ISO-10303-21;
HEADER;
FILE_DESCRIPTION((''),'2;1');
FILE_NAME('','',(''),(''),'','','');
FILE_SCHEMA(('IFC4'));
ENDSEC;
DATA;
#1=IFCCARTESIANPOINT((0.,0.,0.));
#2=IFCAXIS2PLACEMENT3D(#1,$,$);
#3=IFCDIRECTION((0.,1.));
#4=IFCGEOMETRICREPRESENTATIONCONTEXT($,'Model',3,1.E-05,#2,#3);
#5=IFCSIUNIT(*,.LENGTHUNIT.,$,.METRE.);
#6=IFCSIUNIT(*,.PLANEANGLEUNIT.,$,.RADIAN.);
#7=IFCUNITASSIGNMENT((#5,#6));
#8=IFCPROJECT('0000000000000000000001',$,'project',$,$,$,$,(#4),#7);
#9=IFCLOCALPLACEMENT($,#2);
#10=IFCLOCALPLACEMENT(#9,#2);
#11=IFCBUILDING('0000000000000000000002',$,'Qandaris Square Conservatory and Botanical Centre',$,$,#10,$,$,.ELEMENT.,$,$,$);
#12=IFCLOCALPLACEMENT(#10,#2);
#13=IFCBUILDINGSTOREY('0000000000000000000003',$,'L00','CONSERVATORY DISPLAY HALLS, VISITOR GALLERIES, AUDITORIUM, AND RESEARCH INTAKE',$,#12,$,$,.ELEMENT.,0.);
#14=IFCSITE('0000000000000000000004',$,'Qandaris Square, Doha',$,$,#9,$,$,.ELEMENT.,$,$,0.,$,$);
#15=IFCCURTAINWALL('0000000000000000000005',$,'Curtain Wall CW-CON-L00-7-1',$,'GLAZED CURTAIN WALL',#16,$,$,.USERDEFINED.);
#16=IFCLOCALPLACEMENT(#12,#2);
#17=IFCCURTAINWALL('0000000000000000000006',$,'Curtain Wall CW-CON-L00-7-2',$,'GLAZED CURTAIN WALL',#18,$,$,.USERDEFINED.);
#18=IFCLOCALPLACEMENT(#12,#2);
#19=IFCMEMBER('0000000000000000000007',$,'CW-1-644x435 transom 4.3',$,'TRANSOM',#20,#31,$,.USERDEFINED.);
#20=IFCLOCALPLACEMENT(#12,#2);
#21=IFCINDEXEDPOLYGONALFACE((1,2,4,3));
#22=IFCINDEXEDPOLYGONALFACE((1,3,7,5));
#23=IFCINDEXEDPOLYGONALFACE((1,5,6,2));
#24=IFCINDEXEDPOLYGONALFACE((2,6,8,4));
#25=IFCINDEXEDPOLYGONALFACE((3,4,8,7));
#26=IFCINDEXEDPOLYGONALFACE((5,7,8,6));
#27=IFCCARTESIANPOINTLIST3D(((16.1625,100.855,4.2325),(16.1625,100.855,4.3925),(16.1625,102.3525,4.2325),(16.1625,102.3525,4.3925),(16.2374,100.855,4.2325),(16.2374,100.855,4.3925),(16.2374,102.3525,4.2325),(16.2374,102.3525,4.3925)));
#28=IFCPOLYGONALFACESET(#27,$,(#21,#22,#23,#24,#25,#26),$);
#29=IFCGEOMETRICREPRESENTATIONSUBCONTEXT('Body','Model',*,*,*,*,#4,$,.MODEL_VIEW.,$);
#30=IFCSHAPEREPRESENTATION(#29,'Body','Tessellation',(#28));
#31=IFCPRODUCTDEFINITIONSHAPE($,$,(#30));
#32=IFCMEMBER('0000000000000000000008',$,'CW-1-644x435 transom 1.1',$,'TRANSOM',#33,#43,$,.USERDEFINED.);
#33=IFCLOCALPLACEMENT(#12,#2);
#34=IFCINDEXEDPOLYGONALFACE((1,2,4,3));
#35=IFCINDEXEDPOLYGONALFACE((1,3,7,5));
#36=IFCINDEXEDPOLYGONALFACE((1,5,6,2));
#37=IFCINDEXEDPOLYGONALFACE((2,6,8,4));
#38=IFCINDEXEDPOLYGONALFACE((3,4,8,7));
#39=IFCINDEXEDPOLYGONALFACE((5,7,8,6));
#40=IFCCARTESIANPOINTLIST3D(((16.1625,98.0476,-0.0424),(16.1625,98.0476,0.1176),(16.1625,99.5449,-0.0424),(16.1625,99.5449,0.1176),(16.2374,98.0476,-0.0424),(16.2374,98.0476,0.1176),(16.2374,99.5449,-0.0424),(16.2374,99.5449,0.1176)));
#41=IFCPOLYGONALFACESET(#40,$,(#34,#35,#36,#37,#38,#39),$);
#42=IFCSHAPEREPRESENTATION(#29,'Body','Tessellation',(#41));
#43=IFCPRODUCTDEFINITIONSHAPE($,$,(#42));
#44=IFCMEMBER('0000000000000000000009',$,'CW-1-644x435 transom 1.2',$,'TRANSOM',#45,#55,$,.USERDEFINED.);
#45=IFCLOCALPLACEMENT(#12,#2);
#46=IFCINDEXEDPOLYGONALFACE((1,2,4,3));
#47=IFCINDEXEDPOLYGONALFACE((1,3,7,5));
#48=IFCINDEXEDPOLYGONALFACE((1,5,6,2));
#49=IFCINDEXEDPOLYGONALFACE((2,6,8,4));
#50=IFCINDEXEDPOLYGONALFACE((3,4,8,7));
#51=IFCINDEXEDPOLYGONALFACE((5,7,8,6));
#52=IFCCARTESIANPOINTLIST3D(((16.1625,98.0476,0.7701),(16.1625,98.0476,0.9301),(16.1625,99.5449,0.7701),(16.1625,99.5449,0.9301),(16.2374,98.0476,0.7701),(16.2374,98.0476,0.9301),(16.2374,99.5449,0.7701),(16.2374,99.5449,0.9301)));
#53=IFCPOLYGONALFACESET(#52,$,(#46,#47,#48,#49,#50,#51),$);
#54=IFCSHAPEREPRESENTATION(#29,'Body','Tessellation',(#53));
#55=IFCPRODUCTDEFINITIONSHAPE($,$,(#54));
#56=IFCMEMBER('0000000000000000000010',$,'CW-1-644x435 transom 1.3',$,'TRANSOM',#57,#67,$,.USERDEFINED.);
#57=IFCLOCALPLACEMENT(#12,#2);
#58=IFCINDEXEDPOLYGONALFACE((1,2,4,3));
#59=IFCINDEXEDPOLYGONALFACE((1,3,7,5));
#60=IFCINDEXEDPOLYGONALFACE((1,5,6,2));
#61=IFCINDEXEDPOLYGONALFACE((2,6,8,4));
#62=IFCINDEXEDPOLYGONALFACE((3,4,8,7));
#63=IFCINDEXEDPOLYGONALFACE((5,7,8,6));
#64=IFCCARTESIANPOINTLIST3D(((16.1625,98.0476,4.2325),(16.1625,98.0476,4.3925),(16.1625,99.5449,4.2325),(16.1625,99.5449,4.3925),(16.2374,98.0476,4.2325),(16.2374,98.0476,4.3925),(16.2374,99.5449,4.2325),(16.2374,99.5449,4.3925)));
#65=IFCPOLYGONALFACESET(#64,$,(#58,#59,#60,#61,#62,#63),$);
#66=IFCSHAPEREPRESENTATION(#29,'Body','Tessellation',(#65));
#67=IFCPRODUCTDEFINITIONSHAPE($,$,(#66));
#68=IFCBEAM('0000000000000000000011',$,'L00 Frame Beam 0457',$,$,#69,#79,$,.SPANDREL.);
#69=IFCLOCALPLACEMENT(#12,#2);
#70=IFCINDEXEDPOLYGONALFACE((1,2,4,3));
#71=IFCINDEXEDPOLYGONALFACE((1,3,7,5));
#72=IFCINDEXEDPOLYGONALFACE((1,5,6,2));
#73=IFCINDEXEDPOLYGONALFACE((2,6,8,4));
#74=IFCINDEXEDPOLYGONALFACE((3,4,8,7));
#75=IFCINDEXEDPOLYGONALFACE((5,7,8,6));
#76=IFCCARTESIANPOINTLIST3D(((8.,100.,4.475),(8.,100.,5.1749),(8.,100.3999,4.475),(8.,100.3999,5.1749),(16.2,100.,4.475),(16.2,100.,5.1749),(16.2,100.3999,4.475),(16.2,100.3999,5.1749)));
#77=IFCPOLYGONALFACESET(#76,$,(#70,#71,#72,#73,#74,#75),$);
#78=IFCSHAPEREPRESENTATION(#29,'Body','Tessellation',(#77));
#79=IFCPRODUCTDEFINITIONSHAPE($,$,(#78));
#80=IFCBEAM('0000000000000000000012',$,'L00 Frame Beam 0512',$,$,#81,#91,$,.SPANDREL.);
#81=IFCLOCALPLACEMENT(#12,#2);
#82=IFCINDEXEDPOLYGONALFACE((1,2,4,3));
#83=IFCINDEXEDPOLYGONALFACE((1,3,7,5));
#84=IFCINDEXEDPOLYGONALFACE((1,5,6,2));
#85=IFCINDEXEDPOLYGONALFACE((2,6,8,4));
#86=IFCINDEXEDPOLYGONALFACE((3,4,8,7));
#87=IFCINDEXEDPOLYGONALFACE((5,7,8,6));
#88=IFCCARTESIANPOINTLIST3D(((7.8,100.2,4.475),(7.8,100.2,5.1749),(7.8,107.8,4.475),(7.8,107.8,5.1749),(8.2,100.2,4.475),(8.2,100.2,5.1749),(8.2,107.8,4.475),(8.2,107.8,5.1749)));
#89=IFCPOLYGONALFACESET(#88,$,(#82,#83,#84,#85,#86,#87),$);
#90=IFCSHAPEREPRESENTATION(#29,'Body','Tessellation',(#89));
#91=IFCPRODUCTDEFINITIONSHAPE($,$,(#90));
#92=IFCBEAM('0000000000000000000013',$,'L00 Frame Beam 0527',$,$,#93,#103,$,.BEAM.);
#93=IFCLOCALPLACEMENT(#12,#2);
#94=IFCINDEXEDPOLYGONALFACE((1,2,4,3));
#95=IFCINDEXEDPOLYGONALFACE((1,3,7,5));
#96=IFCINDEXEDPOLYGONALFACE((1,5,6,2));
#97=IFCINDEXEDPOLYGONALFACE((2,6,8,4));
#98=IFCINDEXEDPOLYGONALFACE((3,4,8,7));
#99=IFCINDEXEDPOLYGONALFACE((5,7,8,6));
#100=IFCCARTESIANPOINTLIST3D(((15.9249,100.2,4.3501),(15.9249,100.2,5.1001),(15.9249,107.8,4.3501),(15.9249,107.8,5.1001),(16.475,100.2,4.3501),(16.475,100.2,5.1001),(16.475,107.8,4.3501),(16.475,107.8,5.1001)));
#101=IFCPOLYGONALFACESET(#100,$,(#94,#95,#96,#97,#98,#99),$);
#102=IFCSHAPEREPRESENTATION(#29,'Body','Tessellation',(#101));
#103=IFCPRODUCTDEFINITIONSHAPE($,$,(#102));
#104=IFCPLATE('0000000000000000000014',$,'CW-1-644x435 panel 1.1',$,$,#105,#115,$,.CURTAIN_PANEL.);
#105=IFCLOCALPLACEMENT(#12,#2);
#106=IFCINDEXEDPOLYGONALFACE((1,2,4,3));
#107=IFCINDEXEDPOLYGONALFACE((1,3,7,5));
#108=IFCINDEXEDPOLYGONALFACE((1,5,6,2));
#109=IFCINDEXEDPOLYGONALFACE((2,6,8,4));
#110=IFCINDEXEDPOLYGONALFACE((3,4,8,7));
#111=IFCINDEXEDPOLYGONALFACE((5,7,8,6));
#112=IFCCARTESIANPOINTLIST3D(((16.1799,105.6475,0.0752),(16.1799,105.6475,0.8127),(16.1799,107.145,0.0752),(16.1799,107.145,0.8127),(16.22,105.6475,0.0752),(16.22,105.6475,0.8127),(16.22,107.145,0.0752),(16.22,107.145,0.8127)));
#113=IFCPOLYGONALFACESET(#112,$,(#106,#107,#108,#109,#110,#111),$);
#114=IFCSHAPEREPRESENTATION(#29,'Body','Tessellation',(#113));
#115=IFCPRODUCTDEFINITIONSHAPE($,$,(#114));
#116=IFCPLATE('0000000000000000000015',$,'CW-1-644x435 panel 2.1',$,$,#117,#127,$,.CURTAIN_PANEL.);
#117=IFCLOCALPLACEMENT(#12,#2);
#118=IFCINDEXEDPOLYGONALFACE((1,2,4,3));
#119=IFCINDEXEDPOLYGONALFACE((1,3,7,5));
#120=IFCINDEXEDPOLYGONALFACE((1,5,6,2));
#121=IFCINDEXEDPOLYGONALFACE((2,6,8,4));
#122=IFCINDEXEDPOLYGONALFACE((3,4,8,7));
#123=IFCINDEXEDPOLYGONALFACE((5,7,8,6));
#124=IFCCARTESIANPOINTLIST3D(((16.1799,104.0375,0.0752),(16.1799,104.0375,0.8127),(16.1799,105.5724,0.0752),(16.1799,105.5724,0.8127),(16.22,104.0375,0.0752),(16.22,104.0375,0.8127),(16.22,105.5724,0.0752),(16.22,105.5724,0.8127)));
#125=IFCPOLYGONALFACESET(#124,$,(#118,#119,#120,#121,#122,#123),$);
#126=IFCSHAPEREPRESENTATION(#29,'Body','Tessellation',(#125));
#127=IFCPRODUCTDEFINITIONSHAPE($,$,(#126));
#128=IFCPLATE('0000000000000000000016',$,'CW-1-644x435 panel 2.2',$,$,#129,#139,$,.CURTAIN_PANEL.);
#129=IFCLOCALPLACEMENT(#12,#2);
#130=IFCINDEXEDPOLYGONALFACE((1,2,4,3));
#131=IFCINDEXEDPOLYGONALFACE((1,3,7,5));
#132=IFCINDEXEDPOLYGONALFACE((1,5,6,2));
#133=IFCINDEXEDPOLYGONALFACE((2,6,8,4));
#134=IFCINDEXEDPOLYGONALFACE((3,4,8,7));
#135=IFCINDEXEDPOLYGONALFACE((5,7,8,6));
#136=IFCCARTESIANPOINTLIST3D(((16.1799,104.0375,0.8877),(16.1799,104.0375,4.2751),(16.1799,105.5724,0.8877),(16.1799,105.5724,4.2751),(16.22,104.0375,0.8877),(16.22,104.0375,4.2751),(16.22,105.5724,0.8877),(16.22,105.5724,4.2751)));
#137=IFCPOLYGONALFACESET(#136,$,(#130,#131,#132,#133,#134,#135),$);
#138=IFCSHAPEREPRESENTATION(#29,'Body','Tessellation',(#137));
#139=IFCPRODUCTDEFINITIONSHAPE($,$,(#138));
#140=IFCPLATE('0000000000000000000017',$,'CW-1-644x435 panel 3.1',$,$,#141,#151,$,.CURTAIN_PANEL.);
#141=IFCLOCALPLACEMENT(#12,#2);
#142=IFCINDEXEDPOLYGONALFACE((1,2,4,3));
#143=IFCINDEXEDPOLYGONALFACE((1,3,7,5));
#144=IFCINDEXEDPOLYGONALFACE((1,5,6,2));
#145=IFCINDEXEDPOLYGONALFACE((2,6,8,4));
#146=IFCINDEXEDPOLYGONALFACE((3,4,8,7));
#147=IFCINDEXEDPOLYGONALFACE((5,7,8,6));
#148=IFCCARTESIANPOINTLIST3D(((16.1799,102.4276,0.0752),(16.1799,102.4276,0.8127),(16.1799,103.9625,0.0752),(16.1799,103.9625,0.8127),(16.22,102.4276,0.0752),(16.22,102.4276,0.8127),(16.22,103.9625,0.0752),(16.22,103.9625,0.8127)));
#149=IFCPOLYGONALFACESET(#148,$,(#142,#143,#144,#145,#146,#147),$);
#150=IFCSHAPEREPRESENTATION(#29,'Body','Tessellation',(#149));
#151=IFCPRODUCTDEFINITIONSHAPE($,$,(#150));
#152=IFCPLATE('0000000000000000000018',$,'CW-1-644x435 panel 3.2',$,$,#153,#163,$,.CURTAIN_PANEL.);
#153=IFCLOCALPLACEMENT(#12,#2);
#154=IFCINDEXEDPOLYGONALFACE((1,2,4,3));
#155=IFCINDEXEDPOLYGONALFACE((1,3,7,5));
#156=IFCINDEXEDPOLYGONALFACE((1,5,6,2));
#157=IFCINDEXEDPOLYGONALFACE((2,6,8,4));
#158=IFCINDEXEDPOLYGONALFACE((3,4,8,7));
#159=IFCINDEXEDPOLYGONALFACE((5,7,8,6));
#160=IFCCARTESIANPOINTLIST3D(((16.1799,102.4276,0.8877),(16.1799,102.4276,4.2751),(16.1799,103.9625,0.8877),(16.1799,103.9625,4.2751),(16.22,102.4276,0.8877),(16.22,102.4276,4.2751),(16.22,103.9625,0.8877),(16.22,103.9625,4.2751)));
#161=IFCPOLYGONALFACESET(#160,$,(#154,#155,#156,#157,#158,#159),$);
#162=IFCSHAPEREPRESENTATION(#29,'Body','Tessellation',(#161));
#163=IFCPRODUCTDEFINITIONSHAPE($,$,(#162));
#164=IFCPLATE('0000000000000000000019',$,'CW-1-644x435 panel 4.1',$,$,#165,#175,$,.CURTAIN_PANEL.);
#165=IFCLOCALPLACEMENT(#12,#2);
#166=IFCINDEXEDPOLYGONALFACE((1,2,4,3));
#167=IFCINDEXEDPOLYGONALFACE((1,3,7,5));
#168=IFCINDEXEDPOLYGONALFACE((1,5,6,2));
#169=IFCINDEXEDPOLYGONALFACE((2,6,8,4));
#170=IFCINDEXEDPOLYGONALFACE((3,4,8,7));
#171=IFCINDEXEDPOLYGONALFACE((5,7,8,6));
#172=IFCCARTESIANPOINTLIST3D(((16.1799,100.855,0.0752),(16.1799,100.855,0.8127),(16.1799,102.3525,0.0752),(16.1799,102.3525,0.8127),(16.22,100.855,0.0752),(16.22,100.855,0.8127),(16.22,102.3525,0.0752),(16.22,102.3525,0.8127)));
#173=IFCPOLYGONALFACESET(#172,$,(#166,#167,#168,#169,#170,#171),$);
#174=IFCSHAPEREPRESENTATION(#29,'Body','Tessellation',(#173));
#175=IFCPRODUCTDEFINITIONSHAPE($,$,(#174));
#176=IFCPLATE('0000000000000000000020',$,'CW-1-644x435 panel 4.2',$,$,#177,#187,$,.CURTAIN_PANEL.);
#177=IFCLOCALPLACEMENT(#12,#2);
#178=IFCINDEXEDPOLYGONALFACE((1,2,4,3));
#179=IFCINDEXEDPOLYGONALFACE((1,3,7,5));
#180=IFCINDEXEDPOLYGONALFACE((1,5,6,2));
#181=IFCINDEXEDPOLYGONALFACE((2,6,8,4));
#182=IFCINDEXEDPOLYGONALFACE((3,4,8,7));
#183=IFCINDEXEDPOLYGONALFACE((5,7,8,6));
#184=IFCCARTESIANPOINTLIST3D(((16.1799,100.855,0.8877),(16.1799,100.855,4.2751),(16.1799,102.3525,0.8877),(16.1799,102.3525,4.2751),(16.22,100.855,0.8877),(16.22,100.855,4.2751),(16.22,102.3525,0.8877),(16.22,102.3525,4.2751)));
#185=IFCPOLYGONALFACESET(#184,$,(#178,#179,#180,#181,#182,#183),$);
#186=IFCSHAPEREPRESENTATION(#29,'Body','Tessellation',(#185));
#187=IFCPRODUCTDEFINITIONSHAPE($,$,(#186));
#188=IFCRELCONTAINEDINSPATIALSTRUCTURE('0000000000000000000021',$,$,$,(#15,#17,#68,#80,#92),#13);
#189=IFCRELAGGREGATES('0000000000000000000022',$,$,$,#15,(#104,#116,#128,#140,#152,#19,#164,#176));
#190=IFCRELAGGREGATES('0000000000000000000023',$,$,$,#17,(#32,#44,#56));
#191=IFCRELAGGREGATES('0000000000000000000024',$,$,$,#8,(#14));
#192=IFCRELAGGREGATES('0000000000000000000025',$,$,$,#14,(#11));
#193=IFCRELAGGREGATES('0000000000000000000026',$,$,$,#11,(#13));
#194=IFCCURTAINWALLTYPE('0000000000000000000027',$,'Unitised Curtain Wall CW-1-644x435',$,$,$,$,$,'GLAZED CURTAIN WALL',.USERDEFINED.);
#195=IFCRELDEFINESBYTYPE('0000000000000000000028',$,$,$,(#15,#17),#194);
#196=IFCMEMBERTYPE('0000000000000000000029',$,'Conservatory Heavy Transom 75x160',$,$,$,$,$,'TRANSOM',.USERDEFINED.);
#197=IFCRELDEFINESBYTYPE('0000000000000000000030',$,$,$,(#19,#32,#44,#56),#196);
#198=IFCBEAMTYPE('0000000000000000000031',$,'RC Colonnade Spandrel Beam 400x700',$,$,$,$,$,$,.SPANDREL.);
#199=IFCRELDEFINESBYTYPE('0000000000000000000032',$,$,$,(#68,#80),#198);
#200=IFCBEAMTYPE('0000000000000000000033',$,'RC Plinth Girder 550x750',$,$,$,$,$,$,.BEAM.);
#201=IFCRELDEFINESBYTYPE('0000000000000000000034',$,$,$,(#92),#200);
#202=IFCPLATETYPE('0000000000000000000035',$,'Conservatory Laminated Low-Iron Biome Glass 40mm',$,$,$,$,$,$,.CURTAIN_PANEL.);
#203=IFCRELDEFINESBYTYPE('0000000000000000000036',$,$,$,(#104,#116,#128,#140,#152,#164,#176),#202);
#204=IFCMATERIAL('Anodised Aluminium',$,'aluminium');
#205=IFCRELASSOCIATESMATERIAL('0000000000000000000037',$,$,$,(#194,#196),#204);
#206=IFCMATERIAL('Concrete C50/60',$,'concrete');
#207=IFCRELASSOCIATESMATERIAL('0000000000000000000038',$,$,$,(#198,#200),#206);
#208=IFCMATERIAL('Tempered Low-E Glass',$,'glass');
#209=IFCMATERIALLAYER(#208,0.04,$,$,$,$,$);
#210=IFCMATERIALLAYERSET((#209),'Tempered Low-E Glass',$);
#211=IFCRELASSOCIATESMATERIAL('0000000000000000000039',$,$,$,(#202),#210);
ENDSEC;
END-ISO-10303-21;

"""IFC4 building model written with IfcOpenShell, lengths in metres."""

from ifc_helpers import new_model, si_unit, direction, frame, origin, origin_2d, place, context, subcontext, project, spatial, rectangle, extrude, material, layer, layer_set, material_profile, profile_set, type_object, element, aggregate, save


model = new_model("IFC4")

# Units and contexts
model_context = context("Model", 3, precision=1e-05, world=origin(), true_north=direction((0.0, 1.0)))
body_context = subcontext(model_context, "Body", "Model", "MODEL_VIEW")
ifc_project = project(units=[si_unit("LENGTHUNIT", "METRE"), si_unit("PLANEANGLEUNIT", "RADIAN")], contexts=[model_context])

# Site, building, storey
site_placement = place(None, origin())
site = spatial("IfcSite", under=ifc_project, at=site_placement, Name="Qandaris Square, Doha", CompositionType="ELEMENT", RefElevation=0.0)
building_placement = place(site_placement, origin())
building = spatial("IfcBuilding", under=site, at=building_placement, Name="Qandaris Square Conservatory and Botanical Centre", CompositionType="ELEMENT")
storey_placement = place(building_placement, origin())
storey = spatial("IfcBuildingStorey", under=building, at=storey_placement, Name="L00", Description="CONSERVATORY DISPLAY HALLS, VISITOR GALLERIES, AUDITORIUM, AND RESEARCH INTAKE", CompositionType="ELEMENT", Elevation=0.0)

# Shared definitions
ifc_material_1 = material(Name="Concrete C50/60", Category="concrete")

# Curtain wall
ifc_material_2 = material(Name="Anodised Aluminium", Category="aluminium")
curtain_wall_type = type_object("IfcCurtainWallType", Name="Unitised Curtain Wall CW-1-644x435", ElementType="GLAZED CURTAIN WALL", PredefinedType="USERDEFINED", material=ifc_material_2)
curtain_wall_1_placement = place(storey_placement, origin())
curtain_wall_1 = element("IfcCurtainWall", 1, at=curtain_wall_1_placement, inside=storey, type_object=curtain_wall_type, Name="Curtain Wall CW-CON-L00-7-1", ObjectType="GLAZED CURTAIN WALL", PredefinedType="USERDEFINED")

# Curtain wall
curtain_wall_2_placement = place(storey_placement, origin())
curtain_wall_2 = element("IfcCurtainWall", 2, at=curtain_wall_2_placement, inside=storey, type_object=curtain_wall_type, Name="Curtain Wall CW-CON-L00-7-2", ObjectType="GLAZED CURTAIN WALL", PredefinedType="USERDEFINED")

# Members
ifc_material_profile_1 = material_profile(ifc_material_2, rectangle(XDim=0.075, YDim=0.1599, at=origin_2d()), Name="ALU-TRN 75x160")
ifc_profile_set_1 = profile_set([ifc_material_profile_1], Name="Anodised Aluminium")
member_type_1 = type_object("IfcMemberType", Name="Conservatory Heavy Transom 75x160", ElementType="TRANSOM", PredefinedType="USERDEFINED", material=ifc_profile_set_1)
member_1_placement = place(storey_placement, frame((16.2, 102.3525, 4.3125), z_axis=(0.0, -1.0, 0.0), x_axis=(1.0, 0.0, 0.0)))
member_1 = element("IfcMember", 3, at=member_1_placement, type_object=member_type_1, Name="CW-1-644x435 transom 4.3", ObjectType="TRANSOM", PredefinedType="USERDEFINED", context=body_context, shape_type="SweptSolid", body=[
    extrude(rectangle(XDim=0.075, YDim=0.1599, at=origin_2d()), origin(), (0.0, 0.0, 1.0), 1.4976),
])
member_2_placement = place(storey_placement, frame((16.2, 99.5449, 0.0376), z_axis=(0.0, -1.0, 0.0), x_axis=(1.0, 0.0, 0.0)))
member_2 = element("IfcMember", 4, at=member_2_placement, type_object=member_type_1, Name="CW-1-644x435 transom 1.1", ObjectType="TRANSOM", PredefinedType="USERDEFINED", context=body_context, shape_type="SweptSolid", body=[
    extrude(rectangle(XDim=0.075, YDim=0.1599, at=origin_2d()), origin(), (0.0, 0.0, 1.0), 1.4973),
])
member_3_placement = place(storey_placement, frame((16.2, 99.5449, 0.8501), z_axis=(0.0, -1.0, 0.0), x_axis=(1.0, 0.0, 0.0)))
member_3 = element("IfcMember", 5, at=member_3_placement, type_object=member_type_1, Name="CW-1-644x435 transom 1.2", ObjectType="TRANSOM", PredefinedType="USERDEFINED", context=body_context, shape_type="SweptSolid", body=[
    extrude(rectangle(XDim=0.075, YDim=0.1599, at=origin_2d()), origin(), (0.0, 0.0, 1.0), 1.4973),
])
member_4_placement = place(storey_placement, frame((16.2, 99.5449, 4.3125), z_axis=(0.0, -1.0, 0.0), x_axis=(1.0, 0.0, 0.0)))
member_4 = element("IfcMember", 6, at=member_4_placement, type_object=member_type_1, Name="CW-1-644x435 transom 1.3", ObjectType="TRANSOM", PredefinedType="USERDEFINED", context=body_context, shape_type="SweptSolid", body=[
    extrude(rectangle(XDim=0.075, YDim=0.1599, at=origin_2d()), origin(), (0.0, 0.0, 1.0), 1.4973),
])

# Beams
ifc_material_profile_2 = material_profile(ifc_material_1, rectangle(XDim=0.3999, YDim=0.7, at=origin_2d()), Name="RC-SP 400x700")
ifc_profile_set_2 = profile_set([ifc_material_profile_2], Name="Concrete C50/60")
beam_type_1 = type_object("IfcBeamType", Name="RC Colonnade Spandrel Beam 400x700", PredefinedType="SPANDREL", material=ifc_profile_set_2)
beam_1_placement = place(storey_placement, frame((8.0, 100.2, 4.825), z_axis=(1.0, 0.0, 0.0), x_axis=(0.0, 1.0, 0.0)))
element("IfcBeam", 7, at=beam_1_placement, inside=storey, type_object=beam_type_1, Name="L00 Frame Beam 0457", PredefinedType="SPANDREL", context=body_context, shape_type="SweptSolid", body=[
    extrude(rectangle(XDim=0.3999, YDim=0.7, at=origin_2d()), origin(), (0.0, 0.0, 1.0), 8.2),
])
beam_2_placement = place(storey_placement, frame((8.0, 100.2, 4.825), z_axis=(0.0, 1.0, 0.0), x_axis=(-1.0, 0.0, 0.0)))
element("IfcBeam", 8, at=beam_2_placement, inside=storey, type_object=beam_type_1, Name="L00 Frame Beam 0512", PredefinedType="SPANDREL", context=body_context, shape_type="SweptSolid", body=[
    extrude(rectangle(XDim=0.3999, YDim=0.7, at=origin_2d()), origin(), (0.0, 0.0, 1.0), 7.6001),
])
ifc_material_profile_3 = material_profile(ifc_material_1, rectangle(XDim=0.55, YDim=0.75, at=origin_2d()), Name="RC-BM 550x750")
ifc_profile_set_3 = profile_set([ifc_material_profile_3], Name="Concrete C50/60")
beam_type_2 = type_object("IfcBeamType", Name="RC Plinth Girder 550x750", PredefinedType="BEAM", material=ifc_profile_set_3)
beam_3_placement = place(storey_placement, frame((16.2, 100.2, 4.7251), z_axis=(0.0, 1.0, 0.0), x_axis=(-1.0, 0.0, 0.0)))
element("IfcBeam", 9, at=beam_3_placement, inside=storey, type_object=beam_type_2, Name="L00 Frame Beam 0527", PredefinedType="BEAM", context=body_context, shape_type="SweptSolid", body=[
    extrude(rectangle(XDim=0.55, YDim=0.75, at=origin_2d()), origin(), (0.0, 0.0, 1.0), 7.6001),
])

# Plates
ifc_material_3 = material(Name="Tempered Low-E Glass", Category="glass")
ifc_layer = layer(ifc_material_3, 0.04)
ifc_layer_set = layer_set([ifc_layer], Name="Tempered Low-E Glass")
plate_type = type_object("IfcPlateType", Name="Conservatory Laminated Low-Iron Biome Glass 40mm", PredefinedType="CURTAIN_PANEL", material=ifc_layer_set)
plate_1_placement = place(storey_placement, frame((16.2, 106.3962, 0.0752), z_axis=(0.0, 0.0, 1.0), x_axis=(0.0, -1.0, 0.0)))
plate_1 = element("IfcPlate", 10, at=plate_1_placement, type_object=plate_type, Name="CW-1-644x435 panel 1.1", PredefinedType="CURTAIN_PANEL", context=body_context, shape_type="SweptSolid", body=[
    extrude(rectangle(XDim=1.4976, YDim=0.04, at=origin_2d()), origin(), (0.0, 0.0, 1.0), 0.7375),
])
plate_2_placement = place(storey_placement, frame((16.2, 104.8049, 0.0752), z_axis=(0.0, 0.0, 1.0), x_axis=(0.0, -1.0, 0.0)))
plate_2 = element("IfcPlate", 11, at=plate_2_placement, type_object=plate_type, Name="CW-1-644x435 panel 2.1", PredefinedType="CURTAIN_PANEL", context=body_context, shape_type="SweptSolid", body=[
    extrude(rectangle(XDim=1.5349, YDim=0.04, at=origin_2d()), origin(), (0.0, 0.0, 1.0), 0.7375),
])
plate_3_placement = place(storey_placement, frame((16.2, 104.8049, 0.8877), z_axis=(0.0, 0.0, 1.0), x_axis=(0.0, -1.0, 0.0)))
plate_3 = element("IfcPlate", 12, at=plate_3_placement, type_object=plate_type, Name="CW-1-644x435 panel 2.2", PredefinedType="CURTAIN_PANEL", context=body_context, shape_type="SweptSolid", body=[
    extrude(rectangle(XDim=1.5349, YDim=0.04, at=origin_2d()), origin(), (0.0, 0.0, 1.0), 3.3875),
])
plate_4_placement = place(storey_placement, frame((16.2, 103.1951, 0.0752), z_axis=(0.0, 0.0, 1.0), x_axis=(0.0, -1.0, 0.0)))
plate_4 = element("IfcPlate", 13, at=plate_4_placement, type_object=plate_type, Name="CW-1-644x435 panel 3.1", PredefinedType="CURTAIN_PANEL", context=body_context, shape_type="SweptSolid", body=[
    extrude(rectangle(XDim=1.5349, YDim=0.04, at=origin_2d()), origin(), (0.0, 0.0, 1.0), 0.7375),
])
plate_5_placement = place(storey_placement, frame((16.2, 103.1951, 0.8877), z_axis=(0.0, 0.0, 1.0), x_axis=(0.0, -1.0, 0.0)))
plate_5 = element("IfcPlate", 14, at=plate_5_placement, type_object=plate_type, Name="CW-1-644x435 panel 3.2", PredefinedType="CURTAIN_PANEL", context=body_context, shape_type="SweptSolid", body=[
    extrude(rectangle(XDim=1.5349, YDim=0.04, at=origin_2d()), origin(), (0.0, 0.0, 1.0), 3.3875),
])
plate_6_placement = place(storey_placement, frame((16.2, 101.6038, 0.0752), z_axis=(0.0, 0.0, 1.0), x_axis=(0.0, -1.0, 0.0)))
plate_6 = element("IfcPlate", 15, at=plate_6_placement, type_object=plate_type, Name="CW-1-644x435 panel 4.1", PredefinedType="CURTAIN_PANEL", context=body_context, shape_type="SweptSolid", body=[
    extrude(rectangle(XDim=1.4976, YDim=0.04, at=origin_2d()), origin(), (0.0, 0.0, 1.0), 0.7375),
])
plate_7_placement = place(storey_placement, frame((16.2, 101.6038, 0.8877), z_axis=(0.0, 0.0, 1.0), x_axis=(0.0, -1.0, 0.0)))
plate_7 = element("IfcPlate", 16, at=plate_7_placement, type_object=plate_type, Name="CW-1-644x435 panel 4.2", PredefinedType="CURTAIN_PANEL", context=body_context, shape_type="SweptSolid", body=[
    extrude(rectangle(XDim=1.4976, YDim=0.04, at=origin_2d()), origin(), (0.0, 0.0, 1.0), 3.3875),
])
aggregate(curtain_wall_1, [plate_1, plate_2, plate_3, plate_4, plate_5, member_1, plate_6, plate_7])
aggregate(curtain_wall_2, [member_2, member_3, member_4])

save(model, "model.ifc")
